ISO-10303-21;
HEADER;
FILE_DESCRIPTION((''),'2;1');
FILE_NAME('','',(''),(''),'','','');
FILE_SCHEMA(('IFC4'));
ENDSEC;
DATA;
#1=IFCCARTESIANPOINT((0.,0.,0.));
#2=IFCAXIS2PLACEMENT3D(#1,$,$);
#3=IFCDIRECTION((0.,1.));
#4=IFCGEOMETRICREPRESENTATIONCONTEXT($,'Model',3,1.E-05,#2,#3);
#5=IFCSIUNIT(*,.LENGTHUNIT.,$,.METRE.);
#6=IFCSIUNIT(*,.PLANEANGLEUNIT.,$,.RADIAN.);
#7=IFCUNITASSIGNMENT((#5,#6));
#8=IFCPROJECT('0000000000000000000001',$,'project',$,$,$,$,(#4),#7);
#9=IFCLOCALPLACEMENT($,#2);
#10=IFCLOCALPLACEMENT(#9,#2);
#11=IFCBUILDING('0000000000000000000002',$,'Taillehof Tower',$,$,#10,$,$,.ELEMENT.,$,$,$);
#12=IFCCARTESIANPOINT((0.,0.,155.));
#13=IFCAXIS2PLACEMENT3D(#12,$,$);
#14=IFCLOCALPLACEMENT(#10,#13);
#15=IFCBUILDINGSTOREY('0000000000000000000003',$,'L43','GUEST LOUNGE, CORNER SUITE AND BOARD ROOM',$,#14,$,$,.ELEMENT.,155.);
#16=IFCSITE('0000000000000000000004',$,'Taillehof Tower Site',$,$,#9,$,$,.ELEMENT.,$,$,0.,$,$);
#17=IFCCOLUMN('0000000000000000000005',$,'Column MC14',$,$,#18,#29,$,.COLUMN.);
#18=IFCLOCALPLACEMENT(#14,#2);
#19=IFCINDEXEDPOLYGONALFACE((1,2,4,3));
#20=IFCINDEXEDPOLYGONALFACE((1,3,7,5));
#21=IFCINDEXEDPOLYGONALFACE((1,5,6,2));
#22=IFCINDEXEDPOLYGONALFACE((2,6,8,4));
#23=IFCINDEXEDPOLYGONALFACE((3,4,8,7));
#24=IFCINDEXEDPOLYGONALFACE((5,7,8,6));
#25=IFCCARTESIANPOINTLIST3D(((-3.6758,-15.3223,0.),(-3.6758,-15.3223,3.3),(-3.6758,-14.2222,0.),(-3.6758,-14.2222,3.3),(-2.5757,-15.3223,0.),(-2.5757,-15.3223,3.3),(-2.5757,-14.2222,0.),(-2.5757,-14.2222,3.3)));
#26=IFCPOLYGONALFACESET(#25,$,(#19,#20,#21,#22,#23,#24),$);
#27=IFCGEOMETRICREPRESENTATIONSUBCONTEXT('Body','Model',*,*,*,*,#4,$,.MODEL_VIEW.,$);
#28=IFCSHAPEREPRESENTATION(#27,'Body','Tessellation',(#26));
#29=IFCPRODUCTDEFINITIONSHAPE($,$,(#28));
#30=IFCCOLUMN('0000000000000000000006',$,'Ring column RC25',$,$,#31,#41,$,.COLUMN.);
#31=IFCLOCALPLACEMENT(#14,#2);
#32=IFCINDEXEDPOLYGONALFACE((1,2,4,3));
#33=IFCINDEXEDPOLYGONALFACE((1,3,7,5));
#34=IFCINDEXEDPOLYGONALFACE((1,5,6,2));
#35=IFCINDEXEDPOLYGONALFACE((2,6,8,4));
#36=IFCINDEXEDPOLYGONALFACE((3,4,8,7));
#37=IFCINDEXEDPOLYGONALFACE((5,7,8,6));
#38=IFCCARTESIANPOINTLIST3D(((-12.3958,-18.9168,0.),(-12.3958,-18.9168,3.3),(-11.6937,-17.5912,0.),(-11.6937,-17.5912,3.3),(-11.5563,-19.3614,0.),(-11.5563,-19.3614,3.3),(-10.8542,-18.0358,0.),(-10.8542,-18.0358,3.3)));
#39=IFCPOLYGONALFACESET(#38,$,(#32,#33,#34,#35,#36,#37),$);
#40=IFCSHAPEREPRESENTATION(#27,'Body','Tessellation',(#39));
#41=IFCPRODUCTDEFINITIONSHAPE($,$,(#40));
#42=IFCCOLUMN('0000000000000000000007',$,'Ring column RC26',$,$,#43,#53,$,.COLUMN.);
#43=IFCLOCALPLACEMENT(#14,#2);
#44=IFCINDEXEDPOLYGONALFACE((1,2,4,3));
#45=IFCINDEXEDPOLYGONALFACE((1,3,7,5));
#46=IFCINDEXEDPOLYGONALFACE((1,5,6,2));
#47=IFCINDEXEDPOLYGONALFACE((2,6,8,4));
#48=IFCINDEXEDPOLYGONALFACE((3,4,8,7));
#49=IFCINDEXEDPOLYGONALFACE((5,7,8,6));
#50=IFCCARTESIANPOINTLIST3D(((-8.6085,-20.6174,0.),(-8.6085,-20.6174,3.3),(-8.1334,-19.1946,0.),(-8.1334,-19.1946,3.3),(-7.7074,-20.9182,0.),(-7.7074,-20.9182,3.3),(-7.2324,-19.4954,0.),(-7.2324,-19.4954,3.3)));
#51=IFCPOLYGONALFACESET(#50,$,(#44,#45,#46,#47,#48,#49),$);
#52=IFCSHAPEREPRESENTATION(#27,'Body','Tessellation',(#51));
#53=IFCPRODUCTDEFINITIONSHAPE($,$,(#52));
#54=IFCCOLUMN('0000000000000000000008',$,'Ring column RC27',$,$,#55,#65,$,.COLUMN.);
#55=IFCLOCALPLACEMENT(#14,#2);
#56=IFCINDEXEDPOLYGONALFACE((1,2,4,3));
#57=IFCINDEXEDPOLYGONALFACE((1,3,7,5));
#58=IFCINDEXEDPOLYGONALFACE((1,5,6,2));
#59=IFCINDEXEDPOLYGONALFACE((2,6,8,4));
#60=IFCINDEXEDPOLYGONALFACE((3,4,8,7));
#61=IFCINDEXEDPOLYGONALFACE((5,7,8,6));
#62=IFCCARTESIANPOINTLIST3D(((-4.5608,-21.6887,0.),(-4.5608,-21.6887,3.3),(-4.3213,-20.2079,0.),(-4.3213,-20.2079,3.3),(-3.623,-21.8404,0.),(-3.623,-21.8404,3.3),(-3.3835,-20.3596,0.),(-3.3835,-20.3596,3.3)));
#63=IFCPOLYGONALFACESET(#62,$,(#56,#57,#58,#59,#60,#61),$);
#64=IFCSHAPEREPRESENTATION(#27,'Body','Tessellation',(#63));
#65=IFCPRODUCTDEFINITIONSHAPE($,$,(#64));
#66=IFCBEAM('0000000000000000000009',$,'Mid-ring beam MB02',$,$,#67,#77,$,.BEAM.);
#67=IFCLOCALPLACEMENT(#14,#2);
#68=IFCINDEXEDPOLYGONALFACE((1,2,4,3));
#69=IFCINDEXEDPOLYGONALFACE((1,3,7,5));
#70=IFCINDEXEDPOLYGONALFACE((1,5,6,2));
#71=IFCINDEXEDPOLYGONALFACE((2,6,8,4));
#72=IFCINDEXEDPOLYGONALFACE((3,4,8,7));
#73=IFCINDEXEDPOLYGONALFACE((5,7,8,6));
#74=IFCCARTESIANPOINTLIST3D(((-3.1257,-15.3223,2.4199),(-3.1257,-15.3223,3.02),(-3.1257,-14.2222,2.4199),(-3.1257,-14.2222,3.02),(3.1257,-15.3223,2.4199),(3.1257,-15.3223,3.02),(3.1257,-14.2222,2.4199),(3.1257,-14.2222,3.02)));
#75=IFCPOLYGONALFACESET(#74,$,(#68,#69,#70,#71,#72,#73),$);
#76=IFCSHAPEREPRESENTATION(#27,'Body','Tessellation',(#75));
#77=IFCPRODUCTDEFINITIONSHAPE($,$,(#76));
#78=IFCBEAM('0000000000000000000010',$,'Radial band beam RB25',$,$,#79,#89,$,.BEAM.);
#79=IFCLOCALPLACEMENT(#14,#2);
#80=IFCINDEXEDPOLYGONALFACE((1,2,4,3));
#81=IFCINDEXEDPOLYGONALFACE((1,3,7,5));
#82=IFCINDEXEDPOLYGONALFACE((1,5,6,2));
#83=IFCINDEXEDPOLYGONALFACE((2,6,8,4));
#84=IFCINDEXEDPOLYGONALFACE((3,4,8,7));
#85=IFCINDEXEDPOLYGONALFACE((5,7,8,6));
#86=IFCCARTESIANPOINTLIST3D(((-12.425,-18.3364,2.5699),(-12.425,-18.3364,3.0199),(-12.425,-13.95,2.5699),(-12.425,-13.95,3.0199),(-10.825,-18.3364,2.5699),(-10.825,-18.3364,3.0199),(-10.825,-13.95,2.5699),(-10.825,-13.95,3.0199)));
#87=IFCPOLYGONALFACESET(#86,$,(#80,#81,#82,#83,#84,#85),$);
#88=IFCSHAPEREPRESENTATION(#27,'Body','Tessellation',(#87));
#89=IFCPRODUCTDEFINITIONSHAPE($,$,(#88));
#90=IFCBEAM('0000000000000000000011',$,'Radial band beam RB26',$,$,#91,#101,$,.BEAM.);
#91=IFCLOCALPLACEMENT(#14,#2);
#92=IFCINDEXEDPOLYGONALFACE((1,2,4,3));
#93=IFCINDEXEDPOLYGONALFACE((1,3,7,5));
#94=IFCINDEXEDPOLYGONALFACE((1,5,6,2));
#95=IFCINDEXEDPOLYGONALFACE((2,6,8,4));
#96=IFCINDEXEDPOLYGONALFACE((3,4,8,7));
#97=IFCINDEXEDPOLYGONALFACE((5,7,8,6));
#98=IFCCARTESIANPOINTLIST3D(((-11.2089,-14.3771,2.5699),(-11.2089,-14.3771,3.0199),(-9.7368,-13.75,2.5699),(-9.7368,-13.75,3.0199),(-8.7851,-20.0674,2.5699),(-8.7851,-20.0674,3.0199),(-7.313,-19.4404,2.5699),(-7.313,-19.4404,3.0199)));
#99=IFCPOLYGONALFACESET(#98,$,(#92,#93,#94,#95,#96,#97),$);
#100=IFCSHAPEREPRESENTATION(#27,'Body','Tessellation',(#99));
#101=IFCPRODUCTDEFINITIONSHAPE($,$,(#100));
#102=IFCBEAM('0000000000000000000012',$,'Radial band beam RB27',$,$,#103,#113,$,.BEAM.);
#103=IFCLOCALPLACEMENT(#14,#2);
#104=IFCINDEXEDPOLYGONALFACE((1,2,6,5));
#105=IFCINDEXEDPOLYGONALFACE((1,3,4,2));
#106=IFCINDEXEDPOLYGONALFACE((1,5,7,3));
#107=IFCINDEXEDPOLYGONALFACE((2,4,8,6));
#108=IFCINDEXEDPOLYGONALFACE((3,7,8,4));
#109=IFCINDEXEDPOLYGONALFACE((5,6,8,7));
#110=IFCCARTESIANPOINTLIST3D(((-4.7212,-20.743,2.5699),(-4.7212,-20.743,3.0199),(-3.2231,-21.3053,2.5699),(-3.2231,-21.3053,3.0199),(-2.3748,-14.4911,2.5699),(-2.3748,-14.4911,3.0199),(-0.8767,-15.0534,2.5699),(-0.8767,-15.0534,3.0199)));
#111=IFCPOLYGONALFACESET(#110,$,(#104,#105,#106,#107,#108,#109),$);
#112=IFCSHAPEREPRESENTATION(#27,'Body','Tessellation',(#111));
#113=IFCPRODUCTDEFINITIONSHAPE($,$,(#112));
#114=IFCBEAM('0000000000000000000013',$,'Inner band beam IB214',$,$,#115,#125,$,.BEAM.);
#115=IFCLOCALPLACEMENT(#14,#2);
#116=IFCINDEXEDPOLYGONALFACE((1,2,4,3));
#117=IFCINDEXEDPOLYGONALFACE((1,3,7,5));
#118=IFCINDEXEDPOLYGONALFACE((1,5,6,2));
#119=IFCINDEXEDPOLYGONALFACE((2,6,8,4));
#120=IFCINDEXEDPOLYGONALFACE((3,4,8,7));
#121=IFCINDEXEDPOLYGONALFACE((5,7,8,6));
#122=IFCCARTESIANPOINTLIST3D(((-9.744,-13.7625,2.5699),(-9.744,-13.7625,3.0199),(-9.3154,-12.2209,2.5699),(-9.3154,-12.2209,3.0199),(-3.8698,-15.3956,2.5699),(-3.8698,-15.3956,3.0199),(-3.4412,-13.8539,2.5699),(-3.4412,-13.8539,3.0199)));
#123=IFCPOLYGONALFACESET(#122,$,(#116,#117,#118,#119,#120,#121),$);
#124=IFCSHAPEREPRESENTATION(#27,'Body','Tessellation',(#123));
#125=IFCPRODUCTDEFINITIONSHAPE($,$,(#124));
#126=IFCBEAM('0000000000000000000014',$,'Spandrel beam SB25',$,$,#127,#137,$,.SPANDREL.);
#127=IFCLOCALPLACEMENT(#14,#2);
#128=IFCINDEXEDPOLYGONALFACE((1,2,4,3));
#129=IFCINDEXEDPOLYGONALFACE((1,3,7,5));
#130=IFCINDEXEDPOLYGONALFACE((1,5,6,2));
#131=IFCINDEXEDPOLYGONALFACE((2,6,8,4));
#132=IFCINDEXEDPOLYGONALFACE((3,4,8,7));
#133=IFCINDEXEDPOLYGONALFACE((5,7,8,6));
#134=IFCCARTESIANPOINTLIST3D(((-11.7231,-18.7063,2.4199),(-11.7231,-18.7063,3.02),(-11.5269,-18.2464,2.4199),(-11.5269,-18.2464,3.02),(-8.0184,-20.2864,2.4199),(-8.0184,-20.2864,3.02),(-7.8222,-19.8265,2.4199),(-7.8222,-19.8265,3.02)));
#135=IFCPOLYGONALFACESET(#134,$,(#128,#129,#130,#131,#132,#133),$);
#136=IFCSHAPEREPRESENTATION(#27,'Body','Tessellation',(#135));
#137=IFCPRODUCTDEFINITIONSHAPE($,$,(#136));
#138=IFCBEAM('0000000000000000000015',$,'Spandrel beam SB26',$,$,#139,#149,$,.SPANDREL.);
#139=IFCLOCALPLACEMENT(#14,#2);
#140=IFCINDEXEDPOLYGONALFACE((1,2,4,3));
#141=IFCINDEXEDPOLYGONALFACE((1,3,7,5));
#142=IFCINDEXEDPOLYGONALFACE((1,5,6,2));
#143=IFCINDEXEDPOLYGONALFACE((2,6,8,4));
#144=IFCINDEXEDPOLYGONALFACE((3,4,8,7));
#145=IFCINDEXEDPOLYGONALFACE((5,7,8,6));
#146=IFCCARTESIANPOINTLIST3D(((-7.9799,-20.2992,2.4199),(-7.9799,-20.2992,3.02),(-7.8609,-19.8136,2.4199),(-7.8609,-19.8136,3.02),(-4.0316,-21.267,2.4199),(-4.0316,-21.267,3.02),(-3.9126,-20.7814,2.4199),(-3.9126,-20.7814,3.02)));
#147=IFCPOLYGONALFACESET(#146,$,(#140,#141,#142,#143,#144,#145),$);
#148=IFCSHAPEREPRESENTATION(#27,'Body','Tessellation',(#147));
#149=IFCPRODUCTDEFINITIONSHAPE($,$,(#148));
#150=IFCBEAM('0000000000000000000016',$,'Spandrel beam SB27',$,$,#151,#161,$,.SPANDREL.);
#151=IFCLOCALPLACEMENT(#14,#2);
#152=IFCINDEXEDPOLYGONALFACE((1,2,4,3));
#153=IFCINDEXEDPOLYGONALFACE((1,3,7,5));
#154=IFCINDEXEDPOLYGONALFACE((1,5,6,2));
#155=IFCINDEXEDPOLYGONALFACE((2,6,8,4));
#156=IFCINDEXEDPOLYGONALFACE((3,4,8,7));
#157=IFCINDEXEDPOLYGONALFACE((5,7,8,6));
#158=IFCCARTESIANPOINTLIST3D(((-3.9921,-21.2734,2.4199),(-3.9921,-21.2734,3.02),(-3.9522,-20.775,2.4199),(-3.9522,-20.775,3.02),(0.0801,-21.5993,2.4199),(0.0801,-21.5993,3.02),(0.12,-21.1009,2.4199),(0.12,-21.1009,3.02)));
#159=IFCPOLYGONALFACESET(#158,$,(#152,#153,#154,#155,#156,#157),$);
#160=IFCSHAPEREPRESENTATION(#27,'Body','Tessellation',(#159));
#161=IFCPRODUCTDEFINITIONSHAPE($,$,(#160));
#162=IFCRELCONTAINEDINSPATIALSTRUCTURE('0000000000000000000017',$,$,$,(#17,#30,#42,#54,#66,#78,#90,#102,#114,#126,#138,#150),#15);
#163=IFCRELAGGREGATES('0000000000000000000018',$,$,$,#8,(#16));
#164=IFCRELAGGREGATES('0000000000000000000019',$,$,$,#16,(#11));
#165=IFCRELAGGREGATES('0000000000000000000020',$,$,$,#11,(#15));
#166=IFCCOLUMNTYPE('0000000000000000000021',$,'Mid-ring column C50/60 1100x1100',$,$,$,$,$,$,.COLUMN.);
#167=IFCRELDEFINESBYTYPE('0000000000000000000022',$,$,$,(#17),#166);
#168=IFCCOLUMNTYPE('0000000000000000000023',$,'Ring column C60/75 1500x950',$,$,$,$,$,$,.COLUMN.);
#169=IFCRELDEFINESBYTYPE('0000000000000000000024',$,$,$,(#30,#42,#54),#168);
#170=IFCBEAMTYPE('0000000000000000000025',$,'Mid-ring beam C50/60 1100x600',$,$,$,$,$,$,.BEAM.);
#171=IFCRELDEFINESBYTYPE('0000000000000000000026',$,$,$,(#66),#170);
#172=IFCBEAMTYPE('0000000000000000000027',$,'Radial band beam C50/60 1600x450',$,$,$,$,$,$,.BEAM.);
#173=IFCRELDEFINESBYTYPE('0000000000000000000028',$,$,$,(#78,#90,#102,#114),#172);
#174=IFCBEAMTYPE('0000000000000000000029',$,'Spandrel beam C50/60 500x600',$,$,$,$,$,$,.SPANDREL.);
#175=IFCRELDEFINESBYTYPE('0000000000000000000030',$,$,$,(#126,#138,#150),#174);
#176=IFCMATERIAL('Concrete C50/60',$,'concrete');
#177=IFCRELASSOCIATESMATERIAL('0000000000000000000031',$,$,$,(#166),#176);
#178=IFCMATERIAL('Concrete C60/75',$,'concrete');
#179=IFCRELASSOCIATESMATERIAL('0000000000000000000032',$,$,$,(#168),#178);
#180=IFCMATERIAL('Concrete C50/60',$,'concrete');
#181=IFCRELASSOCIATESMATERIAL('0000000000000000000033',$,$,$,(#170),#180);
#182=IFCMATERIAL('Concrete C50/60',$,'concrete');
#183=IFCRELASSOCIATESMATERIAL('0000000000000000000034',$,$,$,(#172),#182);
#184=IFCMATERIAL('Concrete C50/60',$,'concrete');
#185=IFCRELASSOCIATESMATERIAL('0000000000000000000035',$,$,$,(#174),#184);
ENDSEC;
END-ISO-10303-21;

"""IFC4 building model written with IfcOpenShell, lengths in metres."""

from ifc_helpers import new_model, si_unit, direction, frame, origin, origin_2d, place, context, subcontext, project, spatial, rectangle, extrude, material, material_profile, profile_set, type_object, element, save


model = new_model("IFC4")

# Units and contexts
model_context = context("Model", 3, precision=1e-05, world=origin(), true_north=direction((0.0, 1.0)))
body_context = subcontext(model_context, "Body", "Model", "MODEL_VIEW")
ifc_project = project(units=[si_unit("LENGTHUNIT", "METRE"), si_unit("PLANEANGLEUNIT", "RADIAN")], contexts=[model_context])

# Site, building, storey
site_placement = place(None, origin())
site = spatial("IfcSite", under=ifc_project, at=site_placement, Name="Taillehof Tower Site", CompositionType="ELEMENT", RefElevation=0.0)
building_placement = place(site_placement, origin())
building = spatial("IfcBuilding", under=site, at=building_placement, Name="Taillehof Tower", CompositionType="ELEMENT")
storey_placement = place(building_placement, frame((0.0, 0.0, 155.0)))
storey = spatial("IfcBuildingStorey", under=building, at=storey_placement, Name="L43", Description="GUEST LOUNGE, CORNER SUITE AND BOARD ROOM", CompositionType="ELEMENT", Elevation=155.0)

# Columns
ifc_material_1 = material(Name="Concrete C50/60", Category="concrete")
ifc_material_profile_1 = material_profile(ifc_material_1, rectangle(XDim=1.1001, YDim=1.1001, at=origin_2d()), Name="RC 1100x1100")
ifc_profile_set_1 = profile_set([ifc_material_profile_1], Name="Concrete C50/60")
column_type_1 = type_object("IfcColumnType", Name="Mid-ring column C50/60 1100x1100", PredefinedType="COLUMN", material=ifc_profile_set_1)
column_placement = place(storey_placement, frame((-3.1257, -14.7722, 0.0), z_axis=(0.0, 0.0, 1.0), x_axis=(1.0, 0.0, 0.0)))
element("IfcColumn", 1, at=column_placement, inside=storey, type_object=column_type_1, Name="Column MC14", PredefinedType="COLUMN", context=body_context, shape_type="SweptSolid", body=[
    extrude(rectangle(XDim=1.1001, YDim=1.1001, at=origin_2d()), origin(), (0.0, 0.0, 1.0), 3.3),
])
ifc_material_2 = material(Name="Concrete C60/75", Category="concrete")
ifc_material_profile_2 = material_profile(ifc_material_2, rectangle(XDim=1.5, YDim=0.95, at=origin_2d()), Name="RC 1500x950")
ifc_profile_set_2 = profile_set([ifc_material_profile_2], Name="Concrete C60/75")
column_type_2 = type_object("IfcColumnType", Name="Ring column C60/75 1500x950", PredefinedType="COLUMN", material=ifc_profile_set_2)
for number, where, z_axis, x_axis, name in (
    (2, (-11.625, -18.4763, 0.0), (0.0, 0.0, 1.0), (-0.468042, -0.883706, 0.0), "Ring column RC25"),
    (3, (-7.9204, -20.0564, 0.0), (0.0, 0.0, 1.0), (-0.316703, -0.948525, 0.0), "Ring column RC26"),
    (4, (-3.9722, -21.0242, 0.0), (0.0, 0.0, 1.0), (-0.159679, -0.987169, 0.0), "Ring column RC27"),
):
    element("IfcColumn", number, at=place(storey_placement, frame(where, z_axis=z_axis, x_axis=x_axis)), inside=storey, type_object=column_type_2, Name=name, PredefinedType="COLUMN", context=body_context, shape_type="SweptSolid", body=[
        extrude(rectangle(XDim=1.5, YDim=0.95, at=origin_2d()), origin(), (0.0, 0.0, 1.0), 3.3),
    ])

# Beams
ifc_material_3 = material(Name="Concrete C50/60", Category="concrete")
ifc_material_profile_3 = material_profile(ifc_material_3, rectangle(XDim=1.1001, YDim=0.6001, at=origin_2d()), Name="RC 1100x600")
ifc_profile_set_3 = profile_set([ifc_material_profile_3], Name="Concrete C50/60")
beam_type_1 = type_object("IfcBeamType", Name="Mid-ring beam C50/60 1100x600", PredefinedType="BEAM", material=ifc_profile_set_3)
beam_1_placement = place(storey_placement, frame((-3.1257, -14.7722, 2.72), z_axis=(1.0, 0.0, 0.0), x_axis=(0.0, 1.0, 0.0)))
element("IfcBeam", 5, at=beam_1_placement, inside=storey, type_object=beam_type_1, Name="Mid-ring beam MB02", PredefinedType="BEAM", context=body_context, shape_type="SweptSolid", body=[
    extrude(rectangle(XDim=1.1001, YDim=0.6001, at=origin_2d()), origin(), (0.0, 0.0, 1.0), 6.2515),
])
ifc_material_4 = material(Name="Concrete C50/60", Category="concrete")
ifc_material_profile_4 = material_profile(ifc_material_4, rectangle(XDim=1.6001, YDim=0.45, at=origin_2d()), Name="RC 1600x450")
ifc_profile_set_4 = profile_set([ifc_material_profile_4], Name="Concrete C50/60")
beam_type_2 = type_object("IfcBeamType", Name="Radial band beam C50/60 1600x450", PredefinedType="BEAM", material=ifc_profile_set_4)
beam_2_placement = place(storey_placement, frame((-11.625, -18.3364, 2.7949), z_axis=(0.0, 1.0, 0.0), x_axis=(-1.0, 0.0, 0.0)))
element("IfcBeam", 6, at=beam_2_placement, inside=storey, type_object=beam_type_2, Name="Radial band beam RB25", PredefinedType="BEAM", context=body_context, shape_type="SweptSolid", body=[
    extrude(rectangle(XDim=1.6001, YDim=0.45, at=origin_2d()), origin(), (0.0, 0.0, 1.0), 4.3865),
])
beam_3_placement = place(storey_placement, frame((-8.0491, -19.7539, 2.7949), z_axis=(-0.391879, 0.920017, 0.0), x_axis=(-0.920017, -0.391879, 0.0)))
element("IfcBeam", 7, at=beam_3_placement, inside=storey, type_object=beam_type_2, Name="Radial band beam RB26", PredefinedType="BEAM", context=body_context, shape_type="SweptSolid", body=[
    extrude(rectangle(XDim=1.6001, YDim=0.45, at=origin_2d()), origin(), (0.0, 0.0, 1.0), 6.1851),
])
beam_4_placement = place(storey_placement, frame((-3.9722, -21.0242, 2.7949), z_axis=(0.35138, 0.936233, 0.0), x_axis=(-0.936233, 0.35138, 0.0)))
element("IfcBeam", 8, at=beam_4_placement, inside=storey, type_object=beam_type_2, Name="Radial band beam RB27", PredefinedType="BEAM", context=body_context, shape_type="SweptSolid", body=[
    extrude(rectangle(XDim=1.6001, YDim=0.45, at=origin_2d()), origin(), (0.0, 0.0, 1.0), 6.6777),
])
beam_5_placement = place(storey_placement, frame((-3.6555, -14.6248, 2.7949), z_axis=(-0.963459, 0.267855, 0.0), x_axis=(-0.267855, -0.963459, 0.0)))
element("IfcBeam", 9, at=beam_5_placement, inside=storey, type_object=beam_type_2, Name="Inner band beam IB214", PredefinedType="BEAM", context=body_context, shape_type="SweptSolid", body=[
    extrude(rectangle(XDim=1.6001, YDim=0.45, at=origin_2d()), origin(), (0.0, 0.0, 1.0), 6.0969),
])
ifc_material_5 = material(Name="Concrete C50/60", Category="concrete")
ifc_material_profile_5 = material_profile(ifc_material_5, rectangle(XDim=0.5, YDim=0.6001, at=origin_2d()), Name="RC 500x600")
ifc_profile_set_5 = profile_set([ifc_material_profile_5], Name="Concrete C50/60")
beam_type_3 = type_object("IfcBeamType", Name="Spandrel beam C50/60 500x600", PredefinedType="SPANDREL", material=ifc_profile_set_5)
beam_6_placement = place(storey_placement, frame((-11.625, -18.4763, 2.72), z_axis=(0.919827, -0.392324, 0.0), x_axis=(0.392324, 0.919827, 0.0)))
element("IfcBeam", 10, at=beam_6_placement, inside=storey, type_object=beam_type_3, Name="Spandrel beam SB25", PredefinedType="SPANDREL", context=body_context, shape_type="SweptSolid", body=[
    extrude(rectangle(XDim=0.5, YDim=0.6001, at=origin_2d()), origin(), (0.0, 0.0, 1.0), 4.0276),
])
beam_7_placement = place(storey_placement, frame((-7.9204, -20.0564, 2.72), z_axis=(0.971249, -0.238068, 0.0), x_axis=(0.238068, 0.971249, 0.0)))
element("IfcBeam", 11, at=beam_7_placement, inside=storey, type_object=beam_type_3, Name="Spandrel beam SB26", PredefinedType="SPANDREL", context=body_context, shape_type="SweptSolid", body=[
    extrude(rectangle(XDim=0.5, YDim=0.6001, at=origin_2d()), origin(), (0.0, 0.0, 1.0), 4.0652),
])
beam_8_placement = place(storey_placement, frame((-3.9722, -21.0242, 2.72), z_axis=(0.996812, -0.079781, 0.0), x_axis=(0.079781, 0.996812, 0.0)))
element("IfcBeam", 12, at=beam_8_placement, inside=storey, type_object=beam_type_3, Name="Spandrel beam SB27", PredefinedType="SPANDREL", context=body_context, shape_type="SweptSolid", body=[
    extrude(rectangle(XDim=0.5, YDim=0.6001, at=origin_2d()), origin(), (0.0, 0.0, 1.0), 4.0852),
])

save(model, "model.ifc")
